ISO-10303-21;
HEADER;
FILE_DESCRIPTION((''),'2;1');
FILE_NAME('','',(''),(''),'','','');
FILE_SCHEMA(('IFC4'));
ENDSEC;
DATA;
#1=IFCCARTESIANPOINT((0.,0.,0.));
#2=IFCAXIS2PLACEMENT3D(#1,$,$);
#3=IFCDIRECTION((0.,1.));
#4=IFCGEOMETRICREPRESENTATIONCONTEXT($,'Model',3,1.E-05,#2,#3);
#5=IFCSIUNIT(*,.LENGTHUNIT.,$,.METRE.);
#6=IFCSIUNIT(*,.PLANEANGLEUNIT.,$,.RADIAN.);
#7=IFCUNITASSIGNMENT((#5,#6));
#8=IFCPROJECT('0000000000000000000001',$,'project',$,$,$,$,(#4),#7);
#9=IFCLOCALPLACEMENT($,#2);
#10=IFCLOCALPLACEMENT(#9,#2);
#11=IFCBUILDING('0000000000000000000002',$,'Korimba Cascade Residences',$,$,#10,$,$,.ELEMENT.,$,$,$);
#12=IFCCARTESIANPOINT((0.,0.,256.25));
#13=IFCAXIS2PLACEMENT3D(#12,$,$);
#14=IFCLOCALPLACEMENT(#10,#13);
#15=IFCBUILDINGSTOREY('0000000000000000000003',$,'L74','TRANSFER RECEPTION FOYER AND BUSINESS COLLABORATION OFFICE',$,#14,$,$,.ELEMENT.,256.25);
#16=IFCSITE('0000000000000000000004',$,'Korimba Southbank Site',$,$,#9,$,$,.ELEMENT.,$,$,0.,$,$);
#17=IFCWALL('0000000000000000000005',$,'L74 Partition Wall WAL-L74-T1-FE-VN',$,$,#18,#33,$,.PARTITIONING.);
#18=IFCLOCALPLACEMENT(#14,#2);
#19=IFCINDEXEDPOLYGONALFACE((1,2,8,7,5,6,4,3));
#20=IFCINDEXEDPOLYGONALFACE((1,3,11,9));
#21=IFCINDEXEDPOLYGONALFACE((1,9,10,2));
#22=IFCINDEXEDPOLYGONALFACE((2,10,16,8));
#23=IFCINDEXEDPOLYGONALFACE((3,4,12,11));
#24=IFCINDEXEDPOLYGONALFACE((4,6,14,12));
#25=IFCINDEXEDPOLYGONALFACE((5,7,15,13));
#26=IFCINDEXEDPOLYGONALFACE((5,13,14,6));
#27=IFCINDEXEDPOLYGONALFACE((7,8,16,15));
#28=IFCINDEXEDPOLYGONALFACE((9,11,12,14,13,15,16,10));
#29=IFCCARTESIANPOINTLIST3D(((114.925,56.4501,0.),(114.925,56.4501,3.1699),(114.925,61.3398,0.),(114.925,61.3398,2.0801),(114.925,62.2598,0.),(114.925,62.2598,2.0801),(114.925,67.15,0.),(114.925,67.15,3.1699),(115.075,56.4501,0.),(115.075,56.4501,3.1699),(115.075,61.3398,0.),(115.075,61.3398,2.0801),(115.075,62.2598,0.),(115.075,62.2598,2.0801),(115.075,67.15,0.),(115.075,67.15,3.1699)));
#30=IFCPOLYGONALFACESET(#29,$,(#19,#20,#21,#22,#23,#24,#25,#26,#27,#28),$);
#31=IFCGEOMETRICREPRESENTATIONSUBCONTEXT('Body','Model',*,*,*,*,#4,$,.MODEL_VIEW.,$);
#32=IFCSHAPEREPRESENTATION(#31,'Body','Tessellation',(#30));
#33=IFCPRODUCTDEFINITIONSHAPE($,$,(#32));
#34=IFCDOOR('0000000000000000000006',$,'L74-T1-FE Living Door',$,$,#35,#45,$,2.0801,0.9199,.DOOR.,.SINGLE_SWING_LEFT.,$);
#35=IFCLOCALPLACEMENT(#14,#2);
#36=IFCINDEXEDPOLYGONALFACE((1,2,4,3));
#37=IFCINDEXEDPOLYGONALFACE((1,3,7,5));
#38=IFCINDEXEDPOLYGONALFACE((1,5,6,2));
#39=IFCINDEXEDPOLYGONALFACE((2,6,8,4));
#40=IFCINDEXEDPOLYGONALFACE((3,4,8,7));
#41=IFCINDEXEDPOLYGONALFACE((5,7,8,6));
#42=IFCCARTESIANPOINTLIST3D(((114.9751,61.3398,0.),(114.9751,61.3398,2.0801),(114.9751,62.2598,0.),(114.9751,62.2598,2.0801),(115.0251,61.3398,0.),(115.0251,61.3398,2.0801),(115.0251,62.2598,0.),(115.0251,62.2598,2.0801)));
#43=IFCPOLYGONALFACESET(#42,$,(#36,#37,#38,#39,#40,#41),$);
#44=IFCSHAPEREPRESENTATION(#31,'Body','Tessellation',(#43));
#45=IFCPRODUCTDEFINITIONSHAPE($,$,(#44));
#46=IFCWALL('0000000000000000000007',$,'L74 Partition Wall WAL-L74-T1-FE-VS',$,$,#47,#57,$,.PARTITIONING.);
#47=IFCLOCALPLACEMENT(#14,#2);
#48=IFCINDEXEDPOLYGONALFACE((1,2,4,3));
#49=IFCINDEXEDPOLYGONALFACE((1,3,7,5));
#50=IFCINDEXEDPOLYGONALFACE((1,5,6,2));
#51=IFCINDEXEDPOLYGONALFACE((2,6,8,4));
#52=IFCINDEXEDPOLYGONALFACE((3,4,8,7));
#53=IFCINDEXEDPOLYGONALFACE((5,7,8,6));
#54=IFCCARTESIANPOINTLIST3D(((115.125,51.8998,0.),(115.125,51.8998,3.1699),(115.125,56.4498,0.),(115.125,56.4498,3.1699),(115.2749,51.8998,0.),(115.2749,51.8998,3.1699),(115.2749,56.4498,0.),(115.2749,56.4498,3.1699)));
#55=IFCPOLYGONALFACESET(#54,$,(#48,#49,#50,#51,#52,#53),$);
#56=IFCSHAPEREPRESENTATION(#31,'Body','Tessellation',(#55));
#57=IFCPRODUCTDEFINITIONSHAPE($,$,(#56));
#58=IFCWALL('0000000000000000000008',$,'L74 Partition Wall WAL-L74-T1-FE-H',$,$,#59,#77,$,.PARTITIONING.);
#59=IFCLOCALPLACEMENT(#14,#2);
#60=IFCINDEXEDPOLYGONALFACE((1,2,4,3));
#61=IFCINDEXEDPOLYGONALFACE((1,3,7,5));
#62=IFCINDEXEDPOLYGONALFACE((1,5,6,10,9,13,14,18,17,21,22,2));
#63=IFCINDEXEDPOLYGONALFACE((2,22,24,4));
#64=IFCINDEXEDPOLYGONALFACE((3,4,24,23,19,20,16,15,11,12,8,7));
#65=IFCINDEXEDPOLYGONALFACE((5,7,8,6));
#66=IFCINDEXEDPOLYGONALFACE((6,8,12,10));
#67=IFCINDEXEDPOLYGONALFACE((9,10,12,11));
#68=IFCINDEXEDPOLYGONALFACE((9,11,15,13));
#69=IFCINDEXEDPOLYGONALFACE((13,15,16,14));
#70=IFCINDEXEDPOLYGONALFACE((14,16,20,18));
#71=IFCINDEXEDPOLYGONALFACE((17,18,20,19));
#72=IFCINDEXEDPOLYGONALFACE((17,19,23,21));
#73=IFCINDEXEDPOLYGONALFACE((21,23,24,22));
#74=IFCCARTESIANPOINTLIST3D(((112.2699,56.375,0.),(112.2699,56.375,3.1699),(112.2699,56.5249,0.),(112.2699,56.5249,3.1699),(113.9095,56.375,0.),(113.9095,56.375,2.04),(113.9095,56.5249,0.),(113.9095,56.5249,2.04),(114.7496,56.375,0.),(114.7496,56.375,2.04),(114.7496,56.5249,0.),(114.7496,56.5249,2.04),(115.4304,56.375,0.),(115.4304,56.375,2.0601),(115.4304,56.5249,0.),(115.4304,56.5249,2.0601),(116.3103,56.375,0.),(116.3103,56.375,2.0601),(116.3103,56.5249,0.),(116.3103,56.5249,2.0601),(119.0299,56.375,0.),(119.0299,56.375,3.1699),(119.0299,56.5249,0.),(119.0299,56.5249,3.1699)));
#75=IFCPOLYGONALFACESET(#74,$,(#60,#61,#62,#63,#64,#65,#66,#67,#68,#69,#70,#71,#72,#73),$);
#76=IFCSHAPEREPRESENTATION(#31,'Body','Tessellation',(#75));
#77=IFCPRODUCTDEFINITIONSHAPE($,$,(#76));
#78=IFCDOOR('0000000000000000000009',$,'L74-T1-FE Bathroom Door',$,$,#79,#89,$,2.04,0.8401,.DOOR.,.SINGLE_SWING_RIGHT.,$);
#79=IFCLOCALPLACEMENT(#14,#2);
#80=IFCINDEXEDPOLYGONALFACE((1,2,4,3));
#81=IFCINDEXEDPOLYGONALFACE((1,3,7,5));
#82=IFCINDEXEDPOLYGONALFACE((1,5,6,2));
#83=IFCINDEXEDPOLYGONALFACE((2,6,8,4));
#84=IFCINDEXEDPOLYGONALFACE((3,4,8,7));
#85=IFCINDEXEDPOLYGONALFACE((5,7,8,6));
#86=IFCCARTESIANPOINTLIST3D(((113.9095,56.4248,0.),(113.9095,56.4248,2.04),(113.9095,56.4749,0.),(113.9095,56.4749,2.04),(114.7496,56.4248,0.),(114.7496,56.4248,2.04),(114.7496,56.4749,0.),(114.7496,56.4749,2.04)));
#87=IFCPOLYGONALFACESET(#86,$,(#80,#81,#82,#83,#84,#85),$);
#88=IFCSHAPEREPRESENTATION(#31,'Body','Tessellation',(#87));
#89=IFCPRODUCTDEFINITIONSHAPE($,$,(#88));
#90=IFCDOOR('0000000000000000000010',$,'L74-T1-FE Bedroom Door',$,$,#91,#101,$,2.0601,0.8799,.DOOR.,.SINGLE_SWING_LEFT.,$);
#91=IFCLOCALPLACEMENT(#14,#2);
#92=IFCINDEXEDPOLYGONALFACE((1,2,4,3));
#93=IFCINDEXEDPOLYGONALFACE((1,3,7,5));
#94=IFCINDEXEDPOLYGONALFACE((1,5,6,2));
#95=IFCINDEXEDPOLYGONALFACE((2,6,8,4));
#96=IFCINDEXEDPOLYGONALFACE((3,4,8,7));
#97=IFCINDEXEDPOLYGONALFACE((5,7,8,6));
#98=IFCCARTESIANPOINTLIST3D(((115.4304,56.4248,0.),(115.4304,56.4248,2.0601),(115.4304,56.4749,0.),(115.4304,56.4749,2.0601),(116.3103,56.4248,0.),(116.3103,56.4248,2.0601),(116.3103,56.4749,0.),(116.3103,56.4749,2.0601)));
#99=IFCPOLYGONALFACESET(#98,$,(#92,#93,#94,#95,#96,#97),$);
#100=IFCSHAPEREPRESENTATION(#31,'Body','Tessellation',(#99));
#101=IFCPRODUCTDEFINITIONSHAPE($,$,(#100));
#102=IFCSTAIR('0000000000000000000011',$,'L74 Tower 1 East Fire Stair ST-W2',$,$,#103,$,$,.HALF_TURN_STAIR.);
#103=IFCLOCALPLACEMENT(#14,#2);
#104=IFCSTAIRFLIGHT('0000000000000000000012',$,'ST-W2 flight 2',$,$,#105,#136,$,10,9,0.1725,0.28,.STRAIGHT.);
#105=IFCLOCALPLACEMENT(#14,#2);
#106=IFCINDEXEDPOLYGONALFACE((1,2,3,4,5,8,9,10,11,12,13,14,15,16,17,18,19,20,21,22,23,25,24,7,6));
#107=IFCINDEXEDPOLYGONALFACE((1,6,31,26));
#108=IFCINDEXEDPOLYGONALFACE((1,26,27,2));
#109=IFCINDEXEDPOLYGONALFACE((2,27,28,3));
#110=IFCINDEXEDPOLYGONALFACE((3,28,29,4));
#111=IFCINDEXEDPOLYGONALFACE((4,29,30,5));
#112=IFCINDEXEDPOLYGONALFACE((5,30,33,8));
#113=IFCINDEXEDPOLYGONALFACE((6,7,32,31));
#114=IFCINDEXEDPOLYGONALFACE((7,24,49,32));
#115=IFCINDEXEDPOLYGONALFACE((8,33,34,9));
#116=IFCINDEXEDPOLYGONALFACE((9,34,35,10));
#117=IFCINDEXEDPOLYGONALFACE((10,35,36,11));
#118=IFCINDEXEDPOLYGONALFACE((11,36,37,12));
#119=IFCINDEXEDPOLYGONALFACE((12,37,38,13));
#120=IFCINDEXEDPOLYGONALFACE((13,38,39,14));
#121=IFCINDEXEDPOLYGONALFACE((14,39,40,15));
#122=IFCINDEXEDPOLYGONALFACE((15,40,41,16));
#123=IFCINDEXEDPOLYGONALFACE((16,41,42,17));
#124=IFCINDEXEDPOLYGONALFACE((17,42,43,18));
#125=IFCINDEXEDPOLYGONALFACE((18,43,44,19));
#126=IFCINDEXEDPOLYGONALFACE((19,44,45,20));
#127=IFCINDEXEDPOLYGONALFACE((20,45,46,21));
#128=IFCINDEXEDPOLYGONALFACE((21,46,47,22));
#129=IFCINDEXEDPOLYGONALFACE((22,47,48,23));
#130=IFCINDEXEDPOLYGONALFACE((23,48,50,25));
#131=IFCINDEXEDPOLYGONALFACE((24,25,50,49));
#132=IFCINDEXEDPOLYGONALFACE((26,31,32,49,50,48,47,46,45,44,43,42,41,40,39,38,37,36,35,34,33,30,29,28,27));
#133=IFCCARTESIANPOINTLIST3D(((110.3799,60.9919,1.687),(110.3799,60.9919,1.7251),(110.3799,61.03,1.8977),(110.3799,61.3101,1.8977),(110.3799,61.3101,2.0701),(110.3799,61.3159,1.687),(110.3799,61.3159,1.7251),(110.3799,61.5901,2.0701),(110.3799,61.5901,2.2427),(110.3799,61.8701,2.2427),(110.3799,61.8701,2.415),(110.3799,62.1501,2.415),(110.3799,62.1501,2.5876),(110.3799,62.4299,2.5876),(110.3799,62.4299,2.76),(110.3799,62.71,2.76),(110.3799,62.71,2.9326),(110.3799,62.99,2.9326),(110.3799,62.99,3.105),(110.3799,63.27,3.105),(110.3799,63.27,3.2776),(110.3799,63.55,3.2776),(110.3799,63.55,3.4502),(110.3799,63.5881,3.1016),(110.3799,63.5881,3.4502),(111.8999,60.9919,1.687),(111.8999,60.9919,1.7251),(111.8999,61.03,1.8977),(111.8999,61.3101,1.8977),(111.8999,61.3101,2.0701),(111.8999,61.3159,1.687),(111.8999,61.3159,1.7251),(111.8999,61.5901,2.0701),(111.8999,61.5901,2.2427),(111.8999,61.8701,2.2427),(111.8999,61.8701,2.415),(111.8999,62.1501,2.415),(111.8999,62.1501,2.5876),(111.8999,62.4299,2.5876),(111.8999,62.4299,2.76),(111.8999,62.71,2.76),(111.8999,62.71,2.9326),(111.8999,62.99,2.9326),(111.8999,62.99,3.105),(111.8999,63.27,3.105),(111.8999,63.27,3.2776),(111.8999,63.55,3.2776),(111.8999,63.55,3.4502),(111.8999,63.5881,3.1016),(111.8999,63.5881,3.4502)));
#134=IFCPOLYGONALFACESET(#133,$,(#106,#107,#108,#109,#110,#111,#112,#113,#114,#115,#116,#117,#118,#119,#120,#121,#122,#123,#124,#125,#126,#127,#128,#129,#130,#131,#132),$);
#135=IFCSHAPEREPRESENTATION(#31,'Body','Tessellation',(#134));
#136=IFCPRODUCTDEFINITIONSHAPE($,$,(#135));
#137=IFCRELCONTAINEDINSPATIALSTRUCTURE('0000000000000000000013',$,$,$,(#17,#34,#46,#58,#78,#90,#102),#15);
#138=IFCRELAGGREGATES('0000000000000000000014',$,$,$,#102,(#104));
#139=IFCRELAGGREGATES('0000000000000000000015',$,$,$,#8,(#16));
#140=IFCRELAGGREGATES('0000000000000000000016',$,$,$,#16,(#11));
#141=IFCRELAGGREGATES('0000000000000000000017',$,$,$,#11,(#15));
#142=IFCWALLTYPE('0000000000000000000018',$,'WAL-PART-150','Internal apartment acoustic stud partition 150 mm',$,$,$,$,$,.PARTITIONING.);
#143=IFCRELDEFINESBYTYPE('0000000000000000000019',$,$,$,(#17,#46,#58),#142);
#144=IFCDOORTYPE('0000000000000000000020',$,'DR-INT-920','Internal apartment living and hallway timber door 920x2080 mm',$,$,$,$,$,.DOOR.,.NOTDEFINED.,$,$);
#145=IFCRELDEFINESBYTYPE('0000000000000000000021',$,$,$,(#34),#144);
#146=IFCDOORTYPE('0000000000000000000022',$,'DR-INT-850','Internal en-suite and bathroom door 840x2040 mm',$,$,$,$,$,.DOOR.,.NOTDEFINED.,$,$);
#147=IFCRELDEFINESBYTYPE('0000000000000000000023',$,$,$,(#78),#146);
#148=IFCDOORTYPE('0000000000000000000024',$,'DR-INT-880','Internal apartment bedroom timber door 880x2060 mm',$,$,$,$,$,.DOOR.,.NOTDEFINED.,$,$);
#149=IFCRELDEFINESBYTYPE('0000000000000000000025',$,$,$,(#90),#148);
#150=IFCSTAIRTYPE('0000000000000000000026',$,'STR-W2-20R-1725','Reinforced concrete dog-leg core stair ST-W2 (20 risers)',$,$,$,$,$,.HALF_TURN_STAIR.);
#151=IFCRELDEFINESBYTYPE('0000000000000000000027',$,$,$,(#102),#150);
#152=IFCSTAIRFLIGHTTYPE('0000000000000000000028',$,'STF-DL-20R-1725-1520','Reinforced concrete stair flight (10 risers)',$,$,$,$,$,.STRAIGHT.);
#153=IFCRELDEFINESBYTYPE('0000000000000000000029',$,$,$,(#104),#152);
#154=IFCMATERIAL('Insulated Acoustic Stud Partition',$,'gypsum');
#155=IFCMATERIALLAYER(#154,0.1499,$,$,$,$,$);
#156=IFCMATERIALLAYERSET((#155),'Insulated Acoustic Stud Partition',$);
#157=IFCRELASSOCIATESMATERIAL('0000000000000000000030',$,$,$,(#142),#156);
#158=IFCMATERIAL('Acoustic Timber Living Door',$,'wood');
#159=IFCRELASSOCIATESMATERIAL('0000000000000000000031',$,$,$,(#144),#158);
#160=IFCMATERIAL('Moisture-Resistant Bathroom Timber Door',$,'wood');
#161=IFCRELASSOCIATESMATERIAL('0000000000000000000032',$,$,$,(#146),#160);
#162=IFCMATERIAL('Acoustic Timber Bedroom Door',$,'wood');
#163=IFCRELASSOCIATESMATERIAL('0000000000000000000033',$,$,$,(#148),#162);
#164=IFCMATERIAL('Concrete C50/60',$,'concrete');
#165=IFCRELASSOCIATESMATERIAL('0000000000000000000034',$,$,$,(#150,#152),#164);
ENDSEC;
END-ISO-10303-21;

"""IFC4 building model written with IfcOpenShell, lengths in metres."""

from ifc_helpers import new_model, si_unit, direction, frame, frame_2d, origin, place, context, subcontext, project, spatial, polyline, rectangle, outline, extrude, material, layer, layer_set, type_object, element, fill, aggregate, save


model = new_model("IFC4")

# Units and contexts
model_context = context("Model", 3, precision=1e-05, world=origin(), true_north=direction((0.0, 1.0)))
body_context = subcontext(model_context, "Body", "Model", "MODEL_VIEW")
ifc_project = project(units=[si_unit("LENGTHUNIT", "METRE"), si_unit("PLANEANGLEUNIT", "RADIAN")], contexts=[model_context])

# Site, building, storey
site_placement = place(None, origin())
site = spatial("IfcSite", under=ifc_project, at=site_placement, Name="Korimba Southbank Site", CompositionType="ELEMENT", RefElevation=0.0)
building_placement = place(site_placement, origin())
building = spatial("IfcBuilding", under=site, at=building_placement, Name="Korimba Cascade Residences", CompositionType="ELEMENT")
storey_placement = place(building_placement, frame((0.0, 0.0, 256.25)))
storey = spatial("IfcBuildingStorey", under=building, at=storey_placement, Name="L74", Description="TRANSFER RECEPTION FOYER AND BUSINESS COLLABORATION OFFICE", CompositionType="ELEMENT", Elevation=256.25)

# Shared definitions
ifc_material_1 = material(Name="Concrete C50/60", Category="concrete")

# Wall, opening, door
ifc_material_2 = material(Name="Insulated Acoustic Stud Partition", Category="gypsum")
ifc_layer_1 = layer(ifc_material_2, 0.1499)
ifc_layer_set_1 = layer_set([ifc_layer_1], Name="Insulated Acoustic Stud Partition")
wall_type_1 = type_object("IfcWallType", Name="WAL-PART-150", Description="Internal apartment acoustic stud partition 150 mm", PredefinedType="PARTITIONING", material=ifc_layer_set_1)
wall_1_placement = place(storey_placement, frame((115.0, 56.45, 0.0), z_axis=(0.0, 0.0, 1.0), x_axis=(0.0, 1.0, 0.0)))
wall_1 = element("IfcWall", 1, at=wall_1_placement, inside=storey, type_object=wall_type_1, Name="L74 Partition Wall WAL-L74-T1-FE-VN", PredefinedType="PARTITIONING", context=body_context, shape_type="SweptSolid", body=[
    extrude(rectangle(XDim=10.7, YDim=0.1499, at=frame_2d((5.3501, 0.0))), origin(), (0.0, 0.0, 1.0), 3.1699),
])
opening_1_placement = place(wall_1_placement, frame((4.8899, 0.0, 0.0)))
opening_1 = element("IfcOpeningElement", 2, at=opening_1_placement, cuts=wall_1, PredefinedType="OPENING", context=body_context, shape_type="SweptSolid", body=[
    extrude(rectangle(XDim=0.9199, YDim=2.0801, at=frame_2d((0.46, 1.04))), frame((0.0, 0.085, 0.0), z_axis=(0.0, -1.0, 0.0), x_axis=(1.0, 0.0, 0.0)), (0.0, 0.0, 1.0), 0.1699),
])
ifc_material_3 = material(Name="Acoustic Timber Living Door", Category="wood")
door_type_1 = type_object("IfcDoorType", Name="DR-INT-920", Description="Internal apartment living and hallway timber door 920x2080 mm", OperationType="NOTDEFINED", PredefinedType="DOOR", material=ifc_material_3)
door_1_placement = place(opening_1_placement, origin())
door_1 = element("IfcDoor", 3, at=door_1_placement, inside=storey, type_object=door_type_1, Name="L74-T1-FE Living Door", OperationType="SINGLE_SWING_LEFT", OverallHeight=2.0801, OverallWidth=0.9199, PredefinedType="DOOR", context=body_context, shape_type="SweptSolid", body=[
    extrude(rectangle(XDim=0.9199, YDim=2.0801, at=frame_2d((0.46, 1.04))), frame((0.0, 0.0249, 0.0), z_axis=(0.0, -1.0, 0.0), x_axis=(1.0, 0.0, 0.0)), (0.0, 0.0, 1.0), 0.05),
])
fill(opening_1, door_1)

# Wall
wall_2_placement = place(storey_placement, frame((115.2, 51.8999, 0.0), z_axis=(0.0, 0.0, 1.0), x_axis=(0.0, 1.0, 0.0)))
element("IfcWall", 4, at=wall_2_placement, inside=storey, type_object=wall_type_1, Name="L74 Partition Wall WAL-L74-T1-FE-VS", PredefinedType="PARTITIONING", context=body_context, shape_type="SweptSolid", body=[
    extrude(rectangle(XDim=4.55, YDim=0.1499, at=frame_2d((2.2749, 0.0))), origin(), (0.0, 0.0, 1.0), 3.1699),
])

# Wall, openings, doors
wall_3_placement = place(storey_placement, frame((112.27, 56.45, 0.0), z_axis=(0.0, 0.0, 1.0), x_axis=(1.0, 0.0, 0.0)))
wall_3 = element("IfcWall", 5, at=wall_3_placement, inside=storey, type_object=wall_type_1, Name="L74 Partition Wall WAL-L74-T1-FE-H", PredefinedType="PARTITIONING", context=body_context, shape_type="SweptSolid", body=[
    extrude(rectangle(XDim=6.76, YDim=0.1499, at=frame_2d((3.3799, 0.0))), origin(), (0.0, 0.0, 1.0), 3.1699),
])
opening_2_placement = place(wall_3_placement, frame((1.6396, 0.0, 0.0)))
opening_2 = element("IfcOpeningElement", 6, at=opening_2_placement, cuts=wall_3, PredefinedType="OPENING", context=body_context, shape_type="SweptSolid", body=[
    extrude(rectangle(XDim=0.8401, YDim=2.04, at=frame_2d((0.4199, 1.02))), frame((0.0, 0.085, 0.0), z_axis=(0.0, -1.0, 0.0), x_axis=(1.0, 0.0, 0.0)), (0.0, 0.0, 1.0), 0.1699),
])
opening_3_placement = place(wall_3_placement, frame((3.1604, 0.0, 0.0)))
opening_3 = element("IfcOpeningElement", 7, at=opening_3_placement, cuts=wall_3, PredefinedType="OPENING", context=body_context, shape_type="SweptSolid", body=[
    extrude(rectangle(XDim=0.8799, YDim=2.0601, at=frame_2d((0.4399, 1.03))), frame((0.0, 0.085, 0.0), z_axis=(0.0, -1.0, 0.0), x_axis=(1.0, 0.0, 0.0)), (0.0, 0.0, 1.0), 0.1699),
])
ifc_material_4 = material(Name="Moisture-Resistant Bathroom Timber Door", Category="wood")
door_type_2 = type_object("IfcDoorType", Name="DR-INT-850", Description="Internal en-suite and bathroom door 840x2040 mm", OperationType="NOTDEFINED", PredefinedType="DOOR", material=ifc_material_4)
door_2_placement = place(opening_2_placement, origin())
door_2 = element("IfcDoor", 8, at=door_2_placement, inside=storey, type_object=door_type_2, Name="L74-T1-FE Bathroom Door", OperationType="SINGLE_SWING_RIGHT", OverallHeight=2.04, OverallWidth=0.8401, PredefinedType="DOOR", context=body_context, shape_type="SweptSolid", body=[
    extrude(rectangle(XDim=0.8401, YDim=2.04, at=frame_2d((0.4199, 1.02))), frame((0.0, 0.0249, 0.0), z_axis=(0.0, -1.0, 0.0), x_axis=(1.0, 0.0, 0.0)), (0.0, 0.0, 1.0), 0.05),
])
fill(opening_2, door_2)
ifc_material_5 = material(Name="Acoustic Timber Bedroom Door", Category="wood")
door_type_3 = type_object("IfcDoorType", Name="DR-INT-880", Description="Internal apartment bedroom timber door 880x2060 mm", OperationType="NOTDEFINED", PredefinedType="DOOR", material=ifc_material_5)
door_3_placement = place(opening_3_placement, origin())
door_3 = element("IfcDoor", 9, at=door_3_placement, inside=storey, type_object=door_type_3, Name="L74-T1-FE Bedroom Door", OperationType="SINGLE_SWING_LEFT", OverallHeight=2.0601, OverallWidth=0.8799, PredefinedType="DOOR", context=body_context, shape_type="SweptSolid", body=[
    extrude(rectangle(XDim=0.8799, YDim=2.0601, at=frame_2d((0.4399, 1.03))), frame((0.0, 0.0249, 0.0), z_axis=(0.0, -1.0, 0.0), x_axis=(1.0, 0.0, 0.0)), (0.0, 0.0, 1.0), 0.05),
])
fill(opening_3, door_3)

# Stair, stair flight
stair_type = type_object("IfcStairType", Name="STR-W2-20R-1725", Description="Reinforced concrete dog-leg core stair ST-W2 (20 risers)", PredefinedType="HALF_TURN_STAIR", material=ifc_material_1)
stair_placement = place(storey_placement, origin())
stair = element("IfcStair", 10, at=stair_placement, inside=storey, type_object=stair_type, Name="L74 Tower 1 East Fire Stair ST-W2", PredefinedType="HALF_TURN_STAIR")
stair_flight_type = type_object("IfcStairFlightType", Name="STF-DL-20R-1725-1520", Description="Reinforced concrete stair flight (10 risers)", PredefinedType="STRAIGHT", material=ifc_material_1)
stair_flight_placement = place(storey_placement, frame((111.1399, 61.03, 1.7251), z_axis=(0.0, 0.0, 1.0), x_axis=(0.0, 1.0, 0.0)))
stair_flight = element("IfcStairFlight", 11, at=stair_flight_placement, type_object=stair_flight_type, Name="ST-W2 flight 2", NumberOfRisers=10, NumberOfTreads=9, PredefinedType="STRAIGHT", RiserHeight=0.1725, TreadLength=0.28, context=body_context, shape_type="SweptSolid", body=[
    extrude(outline(polyline([(-0.0381, 0.0), (0.0, 0.1726), (0.28, 0.1726), (0.28, 0.345), (0.5601, 0.345), (0.5601, 0.5176), (0.8401, 0.5176), (0.8401, 0.6899), (1.1201, 0.6899), (1.1201, 0.8625), (1.3999, 0.8625), (1.3999, 1.0349), (1.6799, 1.0349), (1.6799, 1.2075), (1.96, 1.2075), (1.96, 1.3799), (2.24, 1.3799), (2.24, 1.5525), (2.52, 1.5525), (2.52, 1.7251), (2.5581, 1.7251), (2.5581, 1.3765), (0.2859, 0.0), (0.2859, -0.0381), (-0.0381, -0.0381), (-0.0381, 0.0)])), frame((0.0, 0.76, 0.0), z_axis=(0.0, -1.0, 0.0), x_axis=(1.0, 0.0, 0.0)), (0.0, 0.0, 1.0), 1.52),
])
aggregate(stair, [stair_flight])

save(model, "model.ifc")
